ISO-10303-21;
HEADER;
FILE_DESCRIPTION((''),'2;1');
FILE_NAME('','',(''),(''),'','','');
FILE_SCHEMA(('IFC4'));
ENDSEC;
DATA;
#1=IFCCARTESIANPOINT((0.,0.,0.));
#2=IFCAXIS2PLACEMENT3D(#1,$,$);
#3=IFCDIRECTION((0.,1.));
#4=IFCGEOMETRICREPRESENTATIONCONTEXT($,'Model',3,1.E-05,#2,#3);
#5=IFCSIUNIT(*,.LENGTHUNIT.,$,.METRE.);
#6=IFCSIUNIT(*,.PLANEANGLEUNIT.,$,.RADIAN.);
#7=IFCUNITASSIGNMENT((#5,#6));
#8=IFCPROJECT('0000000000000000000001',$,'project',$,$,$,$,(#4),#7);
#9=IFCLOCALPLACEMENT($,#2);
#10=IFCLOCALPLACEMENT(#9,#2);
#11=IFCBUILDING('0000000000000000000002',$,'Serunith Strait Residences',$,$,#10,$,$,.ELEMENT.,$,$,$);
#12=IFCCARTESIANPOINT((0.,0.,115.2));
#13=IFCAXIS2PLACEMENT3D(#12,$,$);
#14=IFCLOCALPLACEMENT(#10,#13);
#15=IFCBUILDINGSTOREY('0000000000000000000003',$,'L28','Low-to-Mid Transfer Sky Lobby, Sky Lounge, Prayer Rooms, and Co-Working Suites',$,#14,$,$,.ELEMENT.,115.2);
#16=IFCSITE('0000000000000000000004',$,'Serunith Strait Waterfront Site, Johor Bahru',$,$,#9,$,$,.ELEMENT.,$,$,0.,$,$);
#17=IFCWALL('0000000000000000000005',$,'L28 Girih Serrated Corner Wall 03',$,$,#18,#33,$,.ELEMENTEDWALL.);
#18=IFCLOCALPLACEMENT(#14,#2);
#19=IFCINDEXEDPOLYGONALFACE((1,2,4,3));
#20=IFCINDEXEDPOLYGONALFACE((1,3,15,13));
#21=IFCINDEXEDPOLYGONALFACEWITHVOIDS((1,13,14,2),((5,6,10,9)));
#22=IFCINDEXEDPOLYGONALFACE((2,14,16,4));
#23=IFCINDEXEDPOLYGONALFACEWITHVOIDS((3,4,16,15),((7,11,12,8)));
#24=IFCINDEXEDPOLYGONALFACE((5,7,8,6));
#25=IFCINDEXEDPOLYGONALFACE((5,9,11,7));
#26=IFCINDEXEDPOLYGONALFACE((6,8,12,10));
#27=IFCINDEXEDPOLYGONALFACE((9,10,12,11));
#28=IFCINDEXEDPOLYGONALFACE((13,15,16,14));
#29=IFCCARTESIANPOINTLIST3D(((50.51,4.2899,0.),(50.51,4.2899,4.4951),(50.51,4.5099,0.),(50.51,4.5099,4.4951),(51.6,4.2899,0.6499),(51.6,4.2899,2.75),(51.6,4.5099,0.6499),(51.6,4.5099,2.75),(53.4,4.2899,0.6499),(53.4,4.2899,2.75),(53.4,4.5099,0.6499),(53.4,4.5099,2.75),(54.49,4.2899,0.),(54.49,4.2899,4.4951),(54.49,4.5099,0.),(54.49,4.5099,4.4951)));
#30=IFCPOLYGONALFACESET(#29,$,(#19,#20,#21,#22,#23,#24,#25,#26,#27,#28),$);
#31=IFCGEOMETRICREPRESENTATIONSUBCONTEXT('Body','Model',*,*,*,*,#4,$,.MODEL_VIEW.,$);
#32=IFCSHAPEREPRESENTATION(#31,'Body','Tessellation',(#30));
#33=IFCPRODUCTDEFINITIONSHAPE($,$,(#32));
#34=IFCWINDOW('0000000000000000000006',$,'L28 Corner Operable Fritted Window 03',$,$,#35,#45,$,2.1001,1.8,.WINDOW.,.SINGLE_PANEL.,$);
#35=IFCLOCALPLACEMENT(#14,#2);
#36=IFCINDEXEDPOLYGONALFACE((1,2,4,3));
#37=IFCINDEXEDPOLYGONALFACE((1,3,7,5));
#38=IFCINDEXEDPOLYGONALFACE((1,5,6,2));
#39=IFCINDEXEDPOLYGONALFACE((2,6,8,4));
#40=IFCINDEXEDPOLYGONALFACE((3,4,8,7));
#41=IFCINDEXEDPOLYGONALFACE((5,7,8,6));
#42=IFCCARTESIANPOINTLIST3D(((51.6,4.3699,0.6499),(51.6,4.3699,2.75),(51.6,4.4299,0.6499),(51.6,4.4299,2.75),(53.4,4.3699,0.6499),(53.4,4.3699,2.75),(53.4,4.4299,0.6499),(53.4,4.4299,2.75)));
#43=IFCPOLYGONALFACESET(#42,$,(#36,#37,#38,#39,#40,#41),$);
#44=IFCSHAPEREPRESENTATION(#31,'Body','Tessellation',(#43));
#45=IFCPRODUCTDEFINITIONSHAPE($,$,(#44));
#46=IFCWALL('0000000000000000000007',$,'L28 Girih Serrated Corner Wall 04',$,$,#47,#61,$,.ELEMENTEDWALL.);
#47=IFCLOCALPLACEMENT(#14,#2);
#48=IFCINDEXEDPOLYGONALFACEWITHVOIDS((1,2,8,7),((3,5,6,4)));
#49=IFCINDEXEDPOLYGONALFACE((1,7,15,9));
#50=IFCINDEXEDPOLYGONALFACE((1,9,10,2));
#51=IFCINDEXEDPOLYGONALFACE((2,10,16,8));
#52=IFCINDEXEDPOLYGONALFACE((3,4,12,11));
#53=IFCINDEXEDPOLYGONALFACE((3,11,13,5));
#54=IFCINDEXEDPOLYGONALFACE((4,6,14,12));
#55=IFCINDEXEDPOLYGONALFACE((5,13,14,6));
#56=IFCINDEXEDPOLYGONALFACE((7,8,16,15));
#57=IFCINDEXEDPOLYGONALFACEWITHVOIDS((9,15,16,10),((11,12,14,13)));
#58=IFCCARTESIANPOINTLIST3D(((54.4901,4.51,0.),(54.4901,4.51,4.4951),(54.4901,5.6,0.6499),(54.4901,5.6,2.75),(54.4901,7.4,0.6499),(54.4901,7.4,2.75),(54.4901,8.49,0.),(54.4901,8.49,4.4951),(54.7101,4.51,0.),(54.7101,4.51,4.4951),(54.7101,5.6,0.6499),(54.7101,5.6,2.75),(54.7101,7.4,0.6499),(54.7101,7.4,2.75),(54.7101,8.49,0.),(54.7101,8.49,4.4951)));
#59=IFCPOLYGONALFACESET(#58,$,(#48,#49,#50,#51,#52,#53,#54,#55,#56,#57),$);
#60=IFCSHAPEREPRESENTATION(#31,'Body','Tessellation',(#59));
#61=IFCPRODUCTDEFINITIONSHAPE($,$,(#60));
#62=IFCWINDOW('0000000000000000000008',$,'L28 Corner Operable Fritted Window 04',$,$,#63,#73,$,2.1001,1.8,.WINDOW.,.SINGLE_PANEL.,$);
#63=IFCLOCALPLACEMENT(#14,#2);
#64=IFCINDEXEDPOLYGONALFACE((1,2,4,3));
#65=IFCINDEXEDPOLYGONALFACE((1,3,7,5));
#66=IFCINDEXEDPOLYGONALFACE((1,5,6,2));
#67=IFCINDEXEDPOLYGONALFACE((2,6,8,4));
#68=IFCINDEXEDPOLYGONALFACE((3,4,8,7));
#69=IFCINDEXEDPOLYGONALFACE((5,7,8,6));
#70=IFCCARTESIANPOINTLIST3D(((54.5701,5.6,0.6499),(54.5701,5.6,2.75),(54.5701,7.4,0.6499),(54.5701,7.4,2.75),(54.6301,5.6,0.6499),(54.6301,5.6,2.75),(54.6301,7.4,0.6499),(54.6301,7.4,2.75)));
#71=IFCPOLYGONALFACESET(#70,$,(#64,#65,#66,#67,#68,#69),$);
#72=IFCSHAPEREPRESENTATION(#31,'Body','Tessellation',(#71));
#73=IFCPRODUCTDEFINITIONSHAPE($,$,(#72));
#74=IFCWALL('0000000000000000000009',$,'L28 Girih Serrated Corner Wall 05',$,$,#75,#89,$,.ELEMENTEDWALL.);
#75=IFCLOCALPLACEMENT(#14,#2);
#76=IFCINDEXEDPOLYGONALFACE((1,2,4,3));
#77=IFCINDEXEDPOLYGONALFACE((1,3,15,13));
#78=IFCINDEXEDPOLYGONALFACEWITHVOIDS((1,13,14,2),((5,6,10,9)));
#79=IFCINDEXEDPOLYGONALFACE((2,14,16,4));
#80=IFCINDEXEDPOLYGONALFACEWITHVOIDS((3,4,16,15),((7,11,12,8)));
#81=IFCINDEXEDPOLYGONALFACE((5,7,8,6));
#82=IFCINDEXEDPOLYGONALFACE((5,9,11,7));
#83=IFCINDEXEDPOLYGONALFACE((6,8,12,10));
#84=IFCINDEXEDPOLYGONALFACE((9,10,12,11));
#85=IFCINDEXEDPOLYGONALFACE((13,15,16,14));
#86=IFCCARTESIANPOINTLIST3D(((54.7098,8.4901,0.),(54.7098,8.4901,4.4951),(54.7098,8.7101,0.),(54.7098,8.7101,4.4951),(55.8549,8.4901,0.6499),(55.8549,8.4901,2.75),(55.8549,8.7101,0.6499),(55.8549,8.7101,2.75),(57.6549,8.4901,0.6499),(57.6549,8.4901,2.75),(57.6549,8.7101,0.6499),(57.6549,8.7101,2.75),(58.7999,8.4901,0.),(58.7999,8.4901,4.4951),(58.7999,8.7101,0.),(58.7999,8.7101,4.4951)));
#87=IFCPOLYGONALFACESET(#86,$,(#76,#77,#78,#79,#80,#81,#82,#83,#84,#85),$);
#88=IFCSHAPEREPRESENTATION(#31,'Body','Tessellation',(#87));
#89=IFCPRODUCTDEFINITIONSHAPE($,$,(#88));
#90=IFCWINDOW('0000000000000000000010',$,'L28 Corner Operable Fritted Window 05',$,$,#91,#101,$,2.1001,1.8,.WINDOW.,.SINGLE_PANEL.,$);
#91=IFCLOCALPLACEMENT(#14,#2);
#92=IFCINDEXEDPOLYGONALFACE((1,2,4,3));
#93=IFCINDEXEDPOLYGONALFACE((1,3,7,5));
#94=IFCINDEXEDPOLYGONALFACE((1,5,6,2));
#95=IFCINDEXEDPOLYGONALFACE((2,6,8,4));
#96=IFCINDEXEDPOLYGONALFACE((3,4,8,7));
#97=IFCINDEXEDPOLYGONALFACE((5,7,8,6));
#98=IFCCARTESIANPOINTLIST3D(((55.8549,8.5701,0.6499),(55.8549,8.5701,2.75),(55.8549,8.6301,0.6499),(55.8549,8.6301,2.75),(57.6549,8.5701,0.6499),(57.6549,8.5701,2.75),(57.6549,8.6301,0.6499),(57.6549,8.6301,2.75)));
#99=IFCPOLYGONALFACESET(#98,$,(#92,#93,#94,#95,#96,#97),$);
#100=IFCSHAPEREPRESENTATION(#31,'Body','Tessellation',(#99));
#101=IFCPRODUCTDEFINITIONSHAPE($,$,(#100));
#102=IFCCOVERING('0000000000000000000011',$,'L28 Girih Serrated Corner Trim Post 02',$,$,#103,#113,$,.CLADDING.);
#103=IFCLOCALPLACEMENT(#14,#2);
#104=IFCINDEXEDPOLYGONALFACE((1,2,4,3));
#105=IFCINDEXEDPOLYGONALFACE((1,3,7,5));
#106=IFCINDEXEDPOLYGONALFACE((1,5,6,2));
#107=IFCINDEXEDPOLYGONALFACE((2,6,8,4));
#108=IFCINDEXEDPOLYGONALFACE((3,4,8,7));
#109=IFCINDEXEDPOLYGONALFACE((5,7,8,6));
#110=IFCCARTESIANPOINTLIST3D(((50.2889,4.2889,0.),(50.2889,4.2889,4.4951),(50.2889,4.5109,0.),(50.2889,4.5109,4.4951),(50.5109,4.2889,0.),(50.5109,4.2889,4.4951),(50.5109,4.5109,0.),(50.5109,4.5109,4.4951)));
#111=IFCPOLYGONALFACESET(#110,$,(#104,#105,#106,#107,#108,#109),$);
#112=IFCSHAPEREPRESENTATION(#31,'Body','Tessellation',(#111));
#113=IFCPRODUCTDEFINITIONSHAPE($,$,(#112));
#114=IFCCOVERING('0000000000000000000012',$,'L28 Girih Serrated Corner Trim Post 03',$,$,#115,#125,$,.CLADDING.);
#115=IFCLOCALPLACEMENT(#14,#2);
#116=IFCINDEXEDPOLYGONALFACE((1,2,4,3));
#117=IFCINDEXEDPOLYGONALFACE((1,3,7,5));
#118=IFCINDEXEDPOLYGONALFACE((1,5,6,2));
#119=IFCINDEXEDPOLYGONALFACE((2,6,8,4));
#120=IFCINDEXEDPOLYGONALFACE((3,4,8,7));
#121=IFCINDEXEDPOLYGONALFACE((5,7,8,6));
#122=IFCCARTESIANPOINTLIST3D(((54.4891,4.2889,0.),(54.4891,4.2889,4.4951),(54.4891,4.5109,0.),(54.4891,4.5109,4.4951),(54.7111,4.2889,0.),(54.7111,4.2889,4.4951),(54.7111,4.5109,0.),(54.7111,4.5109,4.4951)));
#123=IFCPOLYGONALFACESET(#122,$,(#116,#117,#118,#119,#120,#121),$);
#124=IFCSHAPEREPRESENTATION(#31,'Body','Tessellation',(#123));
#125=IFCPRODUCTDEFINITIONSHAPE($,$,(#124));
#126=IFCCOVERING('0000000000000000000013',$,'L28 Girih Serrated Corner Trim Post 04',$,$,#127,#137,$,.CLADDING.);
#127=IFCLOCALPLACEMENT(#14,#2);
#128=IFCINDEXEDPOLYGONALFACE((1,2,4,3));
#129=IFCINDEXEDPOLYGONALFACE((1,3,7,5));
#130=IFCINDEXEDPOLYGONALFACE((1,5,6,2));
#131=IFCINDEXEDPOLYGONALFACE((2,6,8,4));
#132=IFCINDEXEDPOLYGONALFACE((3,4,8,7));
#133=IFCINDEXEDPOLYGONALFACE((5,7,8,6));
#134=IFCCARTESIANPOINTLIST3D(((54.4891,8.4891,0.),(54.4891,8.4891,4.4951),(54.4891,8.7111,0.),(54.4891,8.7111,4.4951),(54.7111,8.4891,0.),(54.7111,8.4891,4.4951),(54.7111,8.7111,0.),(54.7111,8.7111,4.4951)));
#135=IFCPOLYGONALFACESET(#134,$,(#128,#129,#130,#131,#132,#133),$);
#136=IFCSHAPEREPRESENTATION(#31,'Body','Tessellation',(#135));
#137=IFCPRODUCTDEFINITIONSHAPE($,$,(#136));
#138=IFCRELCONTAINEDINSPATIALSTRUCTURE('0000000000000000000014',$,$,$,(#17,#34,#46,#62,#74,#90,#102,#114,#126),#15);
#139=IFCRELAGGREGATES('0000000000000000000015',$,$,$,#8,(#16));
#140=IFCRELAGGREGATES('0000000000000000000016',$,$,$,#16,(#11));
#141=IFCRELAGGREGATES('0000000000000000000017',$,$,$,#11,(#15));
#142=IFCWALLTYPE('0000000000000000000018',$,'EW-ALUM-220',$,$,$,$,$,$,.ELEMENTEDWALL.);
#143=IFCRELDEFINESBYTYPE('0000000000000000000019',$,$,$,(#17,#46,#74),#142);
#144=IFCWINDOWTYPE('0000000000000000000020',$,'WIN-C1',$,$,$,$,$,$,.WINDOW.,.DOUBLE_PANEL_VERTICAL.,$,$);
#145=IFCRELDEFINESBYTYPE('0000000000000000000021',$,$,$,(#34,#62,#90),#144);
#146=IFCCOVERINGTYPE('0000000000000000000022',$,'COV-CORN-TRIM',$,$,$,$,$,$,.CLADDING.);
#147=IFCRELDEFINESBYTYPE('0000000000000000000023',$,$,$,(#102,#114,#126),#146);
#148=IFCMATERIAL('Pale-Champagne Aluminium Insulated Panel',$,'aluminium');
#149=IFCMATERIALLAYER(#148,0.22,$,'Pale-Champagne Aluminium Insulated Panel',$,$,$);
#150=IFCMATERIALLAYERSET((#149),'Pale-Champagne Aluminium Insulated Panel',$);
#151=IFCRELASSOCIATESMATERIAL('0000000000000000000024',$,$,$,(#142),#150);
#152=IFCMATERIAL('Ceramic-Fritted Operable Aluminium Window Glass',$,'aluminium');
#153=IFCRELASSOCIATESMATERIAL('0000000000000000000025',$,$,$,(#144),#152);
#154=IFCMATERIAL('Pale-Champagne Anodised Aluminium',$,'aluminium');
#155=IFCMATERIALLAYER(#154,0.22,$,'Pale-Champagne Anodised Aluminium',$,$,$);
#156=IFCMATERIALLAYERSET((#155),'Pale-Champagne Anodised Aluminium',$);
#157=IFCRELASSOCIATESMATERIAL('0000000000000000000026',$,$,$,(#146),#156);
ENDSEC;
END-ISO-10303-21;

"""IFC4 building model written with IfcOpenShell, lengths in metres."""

from ifc_helpers import new_model, si_unit, direction, frame, frame_2d, origin, origin_2d, place, context, subcontext, project, spatial, rectangle, extrude, source, transform, mapped, material, layer, layer_set, type_object, element, fill, save


model = new_model("IFC4")

# Units and contexts
model_context = context("Model", 3, precision=1e-05, world=origin(), true_north=direction((0.0, 1.0)))
body_context = subcontext(model_context, "Body", "Model", "MODEL_VIEW")
ifc_project = project(units=[si_unit("LENGTHUNIT", "METRE"), si_unit("PLANEANGLEUNIT", "RADIAN")], contexts=[model_context])

# Site, building, storey
site_placement = place(None, origin())
site = spatial("IfcSite", under=ifc_project, at=site_placement, Name="Serunith Strait Waterfront Site, Johor Bahru", CompositionType="ELEMENT", RefElevation=0.0)
building_placement = place(site_placement, origin())
building = spatial("IfcBuilding", under=site, at=building_placement, Name="Serunith Strait Residences", CompositionType="ELEMENT")
storey_placement = place(building_placement, frame((0.0, 0.0, 115.2)))
storey = spatial("IfcBuildingStorey", under=building, at=storey_placement, Name="L28", Description="Low-to-Mid Transfer Sky Lobby, Sky Lounge, Prayer Rooms, and Co-Working Suites", CompositionType="ELEMENT", Elevation=115.2)

# Shared definitions
ifc_material_1 = material(Name="Pale-Champagne Anodised Aluminium", Category="aluminium")

# Walls, openings, windows
ifc_material_2 = material(Name="Pale-Champagne Aluminium Insulated Panel", Category="aluminium")
ifc_layer_1 = layer(ifc_material_2, 0.22, Name="Pale-Champagne Aluminium Insulated Panel")
ifc_layer_set_1 = layer_set([ifc_layer_1], Name="Pale-Champagne Aluminium Insulated Panel")
wall_type = type_object("IfcWallType", Name="EW-ALUM-220", PredefinedType="ELEMENTEDWALL", material=ifc_layer_set_1)
ifc_material_3 = material(Name="Ceramic-Fritted Operable Aluminium Window Glass", Category="aluminium")
window_type = type_object("IfcWindowType", Name="WIN-C1", PartitioningType="DOUBLE_PANEL_VERTICAL", PredefinedType="WINDOW", material=ifc_material_3)
shared_shape_1 = source(origin(), body_context, "Body", "SweptSolid", [
    extrude(rectangle(XDim=1.8, YDim=2.1001, at=frame_2d((0.8999, 1.05))), frame((0.0, 0.03, 0.0), z_axis=(0.0, -1.0, 0.0), x_axis=(1.0, 0.0, 0.0)), (0.0, 0.0, 1.0), 0.0601),
])
wall_1_placement = place(storey_placement, frame((50.51, 4.3999, 0.0), z_axis=(0.0, 0.0, 1.0), x_axis=(1.0, 0.0, 0.0)))
wall_1 = element("IfcWall", 1, at=wall_1_placement, inside=storey, type_object=wall_type, Name="L28 Girih Serrated Corner Wall 03", PredefinedType="ELEMENTEDWALL", context=body_context, shape_type="SweptSolid", body=[
    extrude(rectangle(XDim=3.98, YDim=0.22, at=frame_2d((1.99, 0.0))), origin(), (0.0, 0.0, 1.0), 4.4951),
])
opening_1_placement = place(wall_1_placement, frame((1.0901, 0.0, 0.6499)))
opening_1 = element("IfcOpeningElement", 2, at=opening_1_placement, cuts=wall_1, PredefinedType="OPENING", context=body_context, shape_type="SweptSolid", body=[
    extrude(rectangle(XDim=1.8, YDim=2.1001, at=frame_2d((0.8999, 1.05))), frame((0.0, 0.1201, 0.0), z_axis=(0.0, -1.0, 0.0), x_axis=(1.0, 0.0, 0.0)), (0.0, 0.0, 1.0), 0.24),
])
window_1_placement = place(opening_1_placement, origin())
window_1 = element("IfcWindow", 3, at=window_1_placement, inside=storey, type_object=window_type, Name="L28 Corner Operable Fritted Window 03", OverallHeight=2.1001, OverallWidth=1.8, PartitioningType="SINGLE_PANEL", PredefinedType="WINDOW", context=body_context, shape_type="MappedRepresentation", body=[
    mapped(shared_shape_1, transform((0.0, 0.0, 0.0), scale=1.0)),
])
fill(opening_1, window_1)
wall_2_placement = place(storey_placement, frame((54.6001, 4.51, 0.0), z_axis=(0.0, 0.0, 1.0), x_axis=(0.0, 1.0, 0.0)))
wall_2 = element("IfcWall", 4, at=wall_2_placement, inside=storey, type_object=wall_type, Name="L28 Girih Serrated Corner Wall 04", PredefinedType="ELEMENTEDWALL", context=body_context, shape_type="SweptSolid", body=[
    extrude(rectangle(XDim=3.98, YDim=0.22, at=frame_2d((1.99, 0.0))), origin(), (0.0, 0.0, 1.0), 4.4951),
])
opening_2_placement = place(wall_2_placement, frame((1.0901, 0.0, 0.6499)))
opening_2 = element("IfcOpeningElement", 5, at=opening_2_placement, cuts=wall_2, PredefinedType="OPENING", context=body_context, shape_type="SweptSolid", body=[
    extrude(rectangle(XDim=1.8, YDim=2.1001, at=frame_2d((0.8999, 1.05))), frame((0.0, 0.1201, 0.0), z_axis=(0.0, -1.0, 0.0), x_axis=(1.0, 0.0, 0.0)), (0.0, 0.0, 1.0), 0.24),
])
window_2_placement = place(opening_2_placement, origin())
window_2 = element("IfcWindow", 6, at=window_2_placement, inside=storey, type_object=window_type, Name="L28 Corner Operable Fritted Window 04", OverallHeight=2.1001, OverallWidth=1.8, PartitioningType="SINGLE_PANEL", PredefinedType="WINDOW", context=body_context, shape_type="MappedRepresentation", body=[
    mapped(shared_shape_1, transform((0.0, 0.0, 0.0), scale=1.0)),
])
fill(opening_2, window_2)
wall_3_placement = place(storey_placement, frame((54.71, 8.6001, 0.0), z_axis=(0.0, 0.0, 1.0), x_axis=(1.0, 0.0, 0.0)))
wall_3 = element("IfcWall", 7, at=wall_3_placement, inside=storey, type_object=wall_type, Name="L28 Girih Serrated Corner Wall 05", PredefinedType="ELEMENTEDWALL", context=body_context, shape_type="SweptSolid", body=[
    extrude(rectangle(XDim=4.0901, YDim=0.22, at=frame_2d((2.0449, 0.0))), origin(), (0.0, 0.0, 1.0), 4.4951),
])
opening_3_placement = place(wall_3_placement, frame((1.145, 0.0, 0.6499)))
opening_3 = element("IfcOpeningElement", 8, at=opening_3_placement, cuts=wall_3, PredefinedType="OPENING", context=body_context, shape_type="SweptSolid", body=[
    extrude(rectangle(XDim=1.8, YDim=2.1001, at=frame_2d((0.8999, 1.05))), frame((0.0, 0.1201, 0.0), z_axis=(0.0, -1.0, 0.0), x_axis=(1.0, 0.0, 0.0)), (0.0, 0.0, 1.0), 0.24),
])
window_3_placement = place(opening_3_placement, origin())
window_3 = element("IfcWindow", 9, at=window_3_placement, inside=storey, type_object=window_type, Name="L28 Corner Operable Fritted Window 05", OverallHeight=2.1001, OverallWidth=1.8, PartitioningType="SINGLE_PANEL", PredefinedType="WINDOW", context=body_context, shape_type="MappedRepresentation", body=[
    mapped(shared_shape_1, transform((0.0, 0.0, 0.0), scale=1.0)),
])
fill(opening_3, window_3)

# Coverings
ifc_layer_2 = layer(ifc_material_1, 0.22, Name="Pale-Champagne Anodised Aluminium")
ifc_layer_set_2 = layer_set([ifc_layer_2], Name="Pale-Champagne Anodised Aluminium")
covering_type = type_object("IfcCoveringType", Name="COV-CORN-TRIM", PredefinedType="CLADDING", material=ifc_layer_set_2)
shared_shape_2 = source(origin(), body_context, "Body", "SweptSolid", [
    extrude(rectangle(XDim=0.2219, YDim=0.2219, at=origin_2d()), origin(), (0.0, 0.0, 1.0), 4.4951),
])
for number, where, z_axis, x_axis, name in (
    (10, (50.3999, 4.3999, 0.0), (0.0, 0.0, 1.0), (1.0, 0.0, 0.0), "L28 Girih Serrated Corner Trim Post 02"),
    (11, (54.6001, 4.3999, 0.0), (0.0, 0.0, 1.0), (1.0, 0.0, 0.0), "L28 Girih Serrated Corner Trim Post 03"),
    (12, (54.6001, 8.6001, 0.0), (0.0, 0.0, 1.0), (1.0, 0.0, 0.0), "L28 Girih Serrated Corner Trim Post 04"),
):
    element("IfcCovering", number, at=place(storey_placement, frame(where, z_axis=z_axis, x_axis=x_axis)), inside=storey, type_object=covering_type, Name=name, PredefinedType="CLADDING", context=body_context, shape_type="MappedRepresentation", body=[
        mapped(shared_shape_2, transform((0.0, 0.0, 0.0), scale=1.0)),
    ])

save(model, "model.ifc")
